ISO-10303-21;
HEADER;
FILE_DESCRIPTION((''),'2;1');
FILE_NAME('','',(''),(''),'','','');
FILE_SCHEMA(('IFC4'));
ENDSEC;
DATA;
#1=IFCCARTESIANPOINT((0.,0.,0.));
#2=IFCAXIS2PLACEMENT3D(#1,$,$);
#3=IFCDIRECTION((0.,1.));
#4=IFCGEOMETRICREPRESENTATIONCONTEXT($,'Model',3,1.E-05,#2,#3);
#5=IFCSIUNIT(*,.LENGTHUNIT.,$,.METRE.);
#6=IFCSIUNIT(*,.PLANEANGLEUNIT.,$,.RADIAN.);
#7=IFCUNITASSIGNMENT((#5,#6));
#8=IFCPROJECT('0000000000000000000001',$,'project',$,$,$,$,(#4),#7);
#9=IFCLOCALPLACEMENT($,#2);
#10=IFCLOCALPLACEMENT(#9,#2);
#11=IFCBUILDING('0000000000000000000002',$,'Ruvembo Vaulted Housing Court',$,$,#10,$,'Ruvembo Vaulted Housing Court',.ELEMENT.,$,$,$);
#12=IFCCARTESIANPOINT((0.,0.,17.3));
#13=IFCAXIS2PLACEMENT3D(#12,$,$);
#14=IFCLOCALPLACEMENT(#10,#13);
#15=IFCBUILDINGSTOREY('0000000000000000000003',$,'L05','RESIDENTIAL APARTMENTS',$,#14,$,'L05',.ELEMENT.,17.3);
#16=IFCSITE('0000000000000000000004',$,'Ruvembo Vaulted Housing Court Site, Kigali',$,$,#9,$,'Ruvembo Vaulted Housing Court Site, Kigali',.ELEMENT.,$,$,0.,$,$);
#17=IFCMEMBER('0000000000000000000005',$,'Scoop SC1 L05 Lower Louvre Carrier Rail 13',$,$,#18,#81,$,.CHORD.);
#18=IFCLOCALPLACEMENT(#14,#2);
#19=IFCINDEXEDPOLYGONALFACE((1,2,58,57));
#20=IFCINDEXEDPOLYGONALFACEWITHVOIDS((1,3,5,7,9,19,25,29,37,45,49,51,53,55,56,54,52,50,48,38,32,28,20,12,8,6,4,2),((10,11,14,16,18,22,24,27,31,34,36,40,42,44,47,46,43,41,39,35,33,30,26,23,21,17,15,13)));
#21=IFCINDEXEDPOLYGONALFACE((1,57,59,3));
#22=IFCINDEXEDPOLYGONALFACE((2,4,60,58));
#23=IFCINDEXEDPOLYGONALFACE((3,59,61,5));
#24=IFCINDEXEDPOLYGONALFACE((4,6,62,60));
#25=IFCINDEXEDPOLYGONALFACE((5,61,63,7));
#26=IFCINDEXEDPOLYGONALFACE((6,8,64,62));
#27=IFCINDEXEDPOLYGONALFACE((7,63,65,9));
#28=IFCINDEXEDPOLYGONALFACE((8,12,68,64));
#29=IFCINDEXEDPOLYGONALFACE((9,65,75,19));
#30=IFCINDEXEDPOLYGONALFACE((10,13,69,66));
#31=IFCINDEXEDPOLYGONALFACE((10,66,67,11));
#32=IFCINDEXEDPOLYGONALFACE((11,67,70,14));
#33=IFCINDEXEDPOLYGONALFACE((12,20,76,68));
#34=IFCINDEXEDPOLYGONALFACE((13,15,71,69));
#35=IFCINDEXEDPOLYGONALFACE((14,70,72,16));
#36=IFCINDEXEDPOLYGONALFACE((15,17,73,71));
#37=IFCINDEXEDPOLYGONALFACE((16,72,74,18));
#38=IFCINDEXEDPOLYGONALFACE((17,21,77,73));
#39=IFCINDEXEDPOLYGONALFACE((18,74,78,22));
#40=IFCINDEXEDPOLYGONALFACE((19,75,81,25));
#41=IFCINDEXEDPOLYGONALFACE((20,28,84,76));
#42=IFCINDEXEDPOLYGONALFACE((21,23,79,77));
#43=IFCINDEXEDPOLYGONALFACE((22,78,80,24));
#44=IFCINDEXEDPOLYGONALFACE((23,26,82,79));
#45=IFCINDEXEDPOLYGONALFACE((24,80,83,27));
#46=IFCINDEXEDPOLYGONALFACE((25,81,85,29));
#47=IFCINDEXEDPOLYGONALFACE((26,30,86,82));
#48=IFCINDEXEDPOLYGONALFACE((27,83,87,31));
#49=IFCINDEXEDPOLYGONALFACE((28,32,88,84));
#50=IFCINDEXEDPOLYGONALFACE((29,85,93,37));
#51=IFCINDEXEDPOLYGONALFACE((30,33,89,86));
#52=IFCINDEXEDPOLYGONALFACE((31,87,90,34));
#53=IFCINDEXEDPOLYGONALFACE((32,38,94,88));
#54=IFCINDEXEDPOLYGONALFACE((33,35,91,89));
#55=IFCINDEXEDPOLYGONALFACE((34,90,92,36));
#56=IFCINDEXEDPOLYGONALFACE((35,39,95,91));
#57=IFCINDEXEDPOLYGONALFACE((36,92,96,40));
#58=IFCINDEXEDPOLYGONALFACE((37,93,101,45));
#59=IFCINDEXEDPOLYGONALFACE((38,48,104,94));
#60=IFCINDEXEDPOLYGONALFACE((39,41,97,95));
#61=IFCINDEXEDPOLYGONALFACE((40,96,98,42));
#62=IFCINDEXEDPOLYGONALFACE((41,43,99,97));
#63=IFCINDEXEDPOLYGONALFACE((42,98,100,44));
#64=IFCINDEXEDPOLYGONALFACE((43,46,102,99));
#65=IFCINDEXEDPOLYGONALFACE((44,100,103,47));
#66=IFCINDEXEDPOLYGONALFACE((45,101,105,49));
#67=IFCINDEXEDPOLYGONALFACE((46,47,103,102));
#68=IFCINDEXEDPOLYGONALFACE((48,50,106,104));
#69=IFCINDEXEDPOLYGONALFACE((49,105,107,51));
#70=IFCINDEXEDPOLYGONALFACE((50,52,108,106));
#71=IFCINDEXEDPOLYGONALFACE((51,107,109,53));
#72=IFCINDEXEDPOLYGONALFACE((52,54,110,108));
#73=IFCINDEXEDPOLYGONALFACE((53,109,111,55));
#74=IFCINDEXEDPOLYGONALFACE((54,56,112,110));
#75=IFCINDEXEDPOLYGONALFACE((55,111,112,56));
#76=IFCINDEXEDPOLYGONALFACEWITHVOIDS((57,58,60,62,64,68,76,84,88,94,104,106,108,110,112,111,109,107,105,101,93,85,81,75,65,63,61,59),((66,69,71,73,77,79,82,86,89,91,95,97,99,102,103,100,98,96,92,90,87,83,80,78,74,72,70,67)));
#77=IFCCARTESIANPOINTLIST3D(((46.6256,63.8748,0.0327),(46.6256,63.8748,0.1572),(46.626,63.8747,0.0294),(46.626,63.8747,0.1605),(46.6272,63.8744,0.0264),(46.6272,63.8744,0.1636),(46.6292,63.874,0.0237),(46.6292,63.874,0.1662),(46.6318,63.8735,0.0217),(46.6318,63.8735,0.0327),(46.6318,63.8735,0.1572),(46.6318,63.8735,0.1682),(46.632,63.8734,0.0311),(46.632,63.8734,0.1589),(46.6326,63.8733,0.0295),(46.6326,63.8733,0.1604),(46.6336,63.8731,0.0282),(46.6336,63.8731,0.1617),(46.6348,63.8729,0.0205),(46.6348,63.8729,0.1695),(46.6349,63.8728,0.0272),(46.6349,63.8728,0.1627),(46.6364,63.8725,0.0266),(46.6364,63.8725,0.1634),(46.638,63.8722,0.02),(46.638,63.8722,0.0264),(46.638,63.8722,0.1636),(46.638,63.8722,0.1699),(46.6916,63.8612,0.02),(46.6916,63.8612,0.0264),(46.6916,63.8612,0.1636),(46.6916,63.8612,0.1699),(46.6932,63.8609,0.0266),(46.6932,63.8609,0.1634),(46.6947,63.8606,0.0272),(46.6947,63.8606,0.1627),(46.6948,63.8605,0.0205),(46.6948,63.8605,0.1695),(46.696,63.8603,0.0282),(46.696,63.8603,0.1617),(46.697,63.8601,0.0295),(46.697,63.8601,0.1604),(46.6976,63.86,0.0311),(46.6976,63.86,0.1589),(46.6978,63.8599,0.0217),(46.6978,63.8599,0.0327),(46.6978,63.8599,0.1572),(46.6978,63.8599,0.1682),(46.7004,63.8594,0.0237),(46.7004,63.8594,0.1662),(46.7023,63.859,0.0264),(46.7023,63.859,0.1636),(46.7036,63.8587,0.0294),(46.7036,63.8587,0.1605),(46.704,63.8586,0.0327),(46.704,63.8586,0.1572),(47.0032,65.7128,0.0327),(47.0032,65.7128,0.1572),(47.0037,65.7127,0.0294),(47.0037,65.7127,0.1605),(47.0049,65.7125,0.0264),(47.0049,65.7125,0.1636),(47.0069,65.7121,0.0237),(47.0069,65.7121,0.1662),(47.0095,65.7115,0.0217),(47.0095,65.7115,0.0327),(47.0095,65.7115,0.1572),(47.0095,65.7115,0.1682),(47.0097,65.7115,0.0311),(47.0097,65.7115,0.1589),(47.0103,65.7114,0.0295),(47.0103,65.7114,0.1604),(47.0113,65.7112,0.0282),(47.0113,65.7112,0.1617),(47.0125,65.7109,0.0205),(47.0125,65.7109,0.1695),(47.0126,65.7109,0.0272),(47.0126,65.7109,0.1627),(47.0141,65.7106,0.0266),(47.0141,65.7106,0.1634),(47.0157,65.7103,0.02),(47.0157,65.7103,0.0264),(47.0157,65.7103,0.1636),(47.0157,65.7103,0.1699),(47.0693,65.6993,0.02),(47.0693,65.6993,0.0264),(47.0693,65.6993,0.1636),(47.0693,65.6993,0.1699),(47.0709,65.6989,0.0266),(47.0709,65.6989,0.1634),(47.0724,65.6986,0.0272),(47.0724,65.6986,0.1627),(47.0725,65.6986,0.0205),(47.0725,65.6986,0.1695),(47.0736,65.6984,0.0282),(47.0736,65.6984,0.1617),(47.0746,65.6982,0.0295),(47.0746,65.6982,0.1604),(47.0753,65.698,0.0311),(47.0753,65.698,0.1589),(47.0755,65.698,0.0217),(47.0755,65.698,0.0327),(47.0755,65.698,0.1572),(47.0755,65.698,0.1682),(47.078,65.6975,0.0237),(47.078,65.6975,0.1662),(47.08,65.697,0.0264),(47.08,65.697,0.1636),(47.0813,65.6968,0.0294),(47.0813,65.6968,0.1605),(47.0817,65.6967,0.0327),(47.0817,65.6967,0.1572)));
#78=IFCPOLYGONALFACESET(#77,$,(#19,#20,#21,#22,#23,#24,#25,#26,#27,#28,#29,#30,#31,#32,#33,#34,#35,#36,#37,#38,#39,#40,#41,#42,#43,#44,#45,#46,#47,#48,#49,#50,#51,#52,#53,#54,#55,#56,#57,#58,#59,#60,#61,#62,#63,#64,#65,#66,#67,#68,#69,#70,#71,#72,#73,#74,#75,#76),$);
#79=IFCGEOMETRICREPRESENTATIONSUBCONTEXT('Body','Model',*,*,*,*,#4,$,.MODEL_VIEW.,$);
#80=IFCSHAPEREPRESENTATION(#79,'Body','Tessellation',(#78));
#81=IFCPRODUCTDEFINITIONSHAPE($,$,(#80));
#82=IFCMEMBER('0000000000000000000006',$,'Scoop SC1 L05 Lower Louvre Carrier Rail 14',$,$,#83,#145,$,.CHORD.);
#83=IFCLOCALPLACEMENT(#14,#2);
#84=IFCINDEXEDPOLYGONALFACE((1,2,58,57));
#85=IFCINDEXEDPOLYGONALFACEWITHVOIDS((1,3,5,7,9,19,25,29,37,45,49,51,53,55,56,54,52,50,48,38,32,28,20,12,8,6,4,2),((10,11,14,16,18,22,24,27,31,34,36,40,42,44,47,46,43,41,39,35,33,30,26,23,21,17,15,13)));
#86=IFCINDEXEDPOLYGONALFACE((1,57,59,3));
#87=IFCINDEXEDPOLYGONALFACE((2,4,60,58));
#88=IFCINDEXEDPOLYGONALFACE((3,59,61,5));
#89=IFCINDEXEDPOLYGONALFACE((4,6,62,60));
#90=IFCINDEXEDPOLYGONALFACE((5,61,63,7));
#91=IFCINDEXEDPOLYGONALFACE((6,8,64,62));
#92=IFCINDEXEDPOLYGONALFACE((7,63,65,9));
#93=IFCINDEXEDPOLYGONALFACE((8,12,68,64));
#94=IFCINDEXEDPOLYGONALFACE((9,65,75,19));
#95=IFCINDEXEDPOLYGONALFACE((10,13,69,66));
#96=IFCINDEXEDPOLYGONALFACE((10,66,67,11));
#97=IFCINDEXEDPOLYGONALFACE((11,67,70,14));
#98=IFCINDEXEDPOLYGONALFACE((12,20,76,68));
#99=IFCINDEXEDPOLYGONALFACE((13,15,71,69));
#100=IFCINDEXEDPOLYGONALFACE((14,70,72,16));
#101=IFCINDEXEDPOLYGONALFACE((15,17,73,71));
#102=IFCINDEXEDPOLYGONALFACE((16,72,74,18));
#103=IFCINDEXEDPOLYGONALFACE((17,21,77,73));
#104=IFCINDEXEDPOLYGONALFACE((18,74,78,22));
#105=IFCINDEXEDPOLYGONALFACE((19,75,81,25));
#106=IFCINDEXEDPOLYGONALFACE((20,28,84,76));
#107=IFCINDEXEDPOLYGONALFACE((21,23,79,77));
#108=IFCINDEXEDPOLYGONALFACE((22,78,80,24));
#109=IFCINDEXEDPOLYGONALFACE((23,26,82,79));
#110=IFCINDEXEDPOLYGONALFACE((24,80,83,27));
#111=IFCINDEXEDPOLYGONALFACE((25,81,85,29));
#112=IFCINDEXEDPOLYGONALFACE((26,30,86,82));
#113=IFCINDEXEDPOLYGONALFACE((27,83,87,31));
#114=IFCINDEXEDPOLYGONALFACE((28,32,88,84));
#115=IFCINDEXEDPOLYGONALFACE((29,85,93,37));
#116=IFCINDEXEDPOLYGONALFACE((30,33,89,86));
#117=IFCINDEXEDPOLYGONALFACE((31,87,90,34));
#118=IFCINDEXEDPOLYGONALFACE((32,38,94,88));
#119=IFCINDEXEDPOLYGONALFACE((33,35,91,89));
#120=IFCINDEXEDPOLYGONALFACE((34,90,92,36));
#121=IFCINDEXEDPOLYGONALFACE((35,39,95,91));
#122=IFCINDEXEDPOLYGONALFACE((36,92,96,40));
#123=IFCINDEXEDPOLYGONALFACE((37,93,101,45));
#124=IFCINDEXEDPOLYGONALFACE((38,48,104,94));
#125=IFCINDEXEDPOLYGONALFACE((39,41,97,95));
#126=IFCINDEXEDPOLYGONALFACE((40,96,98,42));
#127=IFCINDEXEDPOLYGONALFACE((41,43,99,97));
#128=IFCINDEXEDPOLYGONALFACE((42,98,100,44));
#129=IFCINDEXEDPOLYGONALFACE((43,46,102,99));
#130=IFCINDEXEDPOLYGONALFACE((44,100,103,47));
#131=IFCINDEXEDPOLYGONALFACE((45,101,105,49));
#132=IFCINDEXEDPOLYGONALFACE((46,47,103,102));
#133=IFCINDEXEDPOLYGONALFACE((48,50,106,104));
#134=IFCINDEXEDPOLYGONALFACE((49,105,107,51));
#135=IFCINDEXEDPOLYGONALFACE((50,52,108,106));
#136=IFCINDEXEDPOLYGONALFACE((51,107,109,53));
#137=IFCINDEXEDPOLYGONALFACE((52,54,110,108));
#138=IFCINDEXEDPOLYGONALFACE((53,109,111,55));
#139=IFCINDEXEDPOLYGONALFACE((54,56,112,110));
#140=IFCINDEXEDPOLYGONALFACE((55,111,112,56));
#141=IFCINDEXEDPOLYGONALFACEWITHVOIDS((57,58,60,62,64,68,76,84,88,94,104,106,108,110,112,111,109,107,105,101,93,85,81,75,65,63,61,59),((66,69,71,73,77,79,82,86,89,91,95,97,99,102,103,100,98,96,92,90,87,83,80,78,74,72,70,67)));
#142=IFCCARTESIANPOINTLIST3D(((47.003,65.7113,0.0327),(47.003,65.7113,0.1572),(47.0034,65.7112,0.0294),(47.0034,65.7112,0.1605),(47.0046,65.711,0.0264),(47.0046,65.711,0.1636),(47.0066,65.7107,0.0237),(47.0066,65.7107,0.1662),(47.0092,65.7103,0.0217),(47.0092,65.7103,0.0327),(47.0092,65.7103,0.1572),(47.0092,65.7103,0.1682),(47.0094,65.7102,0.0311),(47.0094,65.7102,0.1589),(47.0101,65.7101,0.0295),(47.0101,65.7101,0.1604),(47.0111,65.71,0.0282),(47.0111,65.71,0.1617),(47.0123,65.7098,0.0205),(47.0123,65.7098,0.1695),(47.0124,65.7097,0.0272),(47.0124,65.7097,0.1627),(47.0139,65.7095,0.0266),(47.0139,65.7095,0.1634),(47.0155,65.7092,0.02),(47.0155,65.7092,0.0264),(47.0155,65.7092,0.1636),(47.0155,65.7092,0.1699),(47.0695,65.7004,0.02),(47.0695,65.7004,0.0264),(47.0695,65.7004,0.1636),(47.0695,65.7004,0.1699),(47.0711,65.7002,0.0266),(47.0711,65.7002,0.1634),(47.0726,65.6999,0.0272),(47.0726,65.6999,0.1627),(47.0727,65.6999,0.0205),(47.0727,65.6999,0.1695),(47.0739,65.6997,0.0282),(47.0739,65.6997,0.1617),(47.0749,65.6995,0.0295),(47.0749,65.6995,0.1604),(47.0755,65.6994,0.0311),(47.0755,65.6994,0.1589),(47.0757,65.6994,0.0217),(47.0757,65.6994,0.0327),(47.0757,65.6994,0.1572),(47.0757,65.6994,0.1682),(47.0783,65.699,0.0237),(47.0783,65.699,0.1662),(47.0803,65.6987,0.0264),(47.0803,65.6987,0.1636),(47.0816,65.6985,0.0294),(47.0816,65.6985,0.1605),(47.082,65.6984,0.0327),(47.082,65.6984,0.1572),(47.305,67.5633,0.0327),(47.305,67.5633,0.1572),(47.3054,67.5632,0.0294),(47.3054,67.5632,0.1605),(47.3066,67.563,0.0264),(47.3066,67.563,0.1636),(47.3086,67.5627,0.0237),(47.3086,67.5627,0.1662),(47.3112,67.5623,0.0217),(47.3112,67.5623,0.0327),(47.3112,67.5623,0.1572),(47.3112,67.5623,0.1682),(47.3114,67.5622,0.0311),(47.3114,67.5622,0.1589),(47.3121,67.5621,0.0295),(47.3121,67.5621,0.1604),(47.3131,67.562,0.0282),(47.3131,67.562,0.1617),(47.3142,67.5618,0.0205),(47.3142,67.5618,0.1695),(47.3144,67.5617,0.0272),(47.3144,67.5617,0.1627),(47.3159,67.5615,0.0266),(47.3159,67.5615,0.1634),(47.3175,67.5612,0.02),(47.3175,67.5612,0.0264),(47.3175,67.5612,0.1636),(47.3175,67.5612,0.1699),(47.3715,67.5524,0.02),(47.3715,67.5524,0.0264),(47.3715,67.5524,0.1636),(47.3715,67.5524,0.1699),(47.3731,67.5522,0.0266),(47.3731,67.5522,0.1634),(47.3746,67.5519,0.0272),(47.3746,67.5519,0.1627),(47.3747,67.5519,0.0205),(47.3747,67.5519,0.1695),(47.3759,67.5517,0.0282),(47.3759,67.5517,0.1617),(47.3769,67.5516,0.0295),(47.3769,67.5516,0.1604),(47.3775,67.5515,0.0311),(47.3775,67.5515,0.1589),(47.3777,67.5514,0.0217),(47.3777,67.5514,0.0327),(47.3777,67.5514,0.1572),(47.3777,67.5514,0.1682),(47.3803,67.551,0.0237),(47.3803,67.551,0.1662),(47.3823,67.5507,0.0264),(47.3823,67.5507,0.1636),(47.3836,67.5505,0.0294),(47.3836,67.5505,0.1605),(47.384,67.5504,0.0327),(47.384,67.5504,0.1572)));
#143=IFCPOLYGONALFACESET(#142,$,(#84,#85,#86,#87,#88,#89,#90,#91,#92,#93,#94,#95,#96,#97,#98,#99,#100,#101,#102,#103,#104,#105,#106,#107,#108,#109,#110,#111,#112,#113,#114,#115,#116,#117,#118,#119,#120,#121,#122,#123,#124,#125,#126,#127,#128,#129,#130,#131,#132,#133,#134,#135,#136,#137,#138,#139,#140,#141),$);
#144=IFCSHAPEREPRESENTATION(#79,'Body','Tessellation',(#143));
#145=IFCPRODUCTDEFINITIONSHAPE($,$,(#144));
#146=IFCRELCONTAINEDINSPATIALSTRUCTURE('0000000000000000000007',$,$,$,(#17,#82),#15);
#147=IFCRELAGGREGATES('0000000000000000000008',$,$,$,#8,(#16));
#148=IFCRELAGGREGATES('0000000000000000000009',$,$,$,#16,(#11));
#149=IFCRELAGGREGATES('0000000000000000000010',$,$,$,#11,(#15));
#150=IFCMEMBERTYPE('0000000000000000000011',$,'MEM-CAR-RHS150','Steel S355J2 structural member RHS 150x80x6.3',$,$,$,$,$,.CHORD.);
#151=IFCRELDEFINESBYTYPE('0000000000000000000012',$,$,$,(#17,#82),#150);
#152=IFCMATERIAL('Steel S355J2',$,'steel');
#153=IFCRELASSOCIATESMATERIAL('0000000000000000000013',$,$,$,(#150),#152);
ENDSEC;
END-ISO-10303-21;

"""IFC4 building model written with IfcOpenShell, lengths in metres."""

from ifc_helpers import new_model, si_unit, direction, frame, origin, origin_2d, place, context, subcontext, project, spatial, hollow_rectangle, extrude, material, material_profile, profile_set, type_object, element, save


model = new_model("IFC4")

# Units and contexts
model_context = context("Model", 3, precision=1e-05, world=origin(), true_north=direction((0.0, 1.0)))
body_context = subcontext(model_context, "Body", "Model", "MODEL_VIEW")
ifc_project = project(units=[si_unit("LENGTHUNIT", "METRE"), si_unit("PLANEANGLEUNIT", "RADIAN")], contexts=[model_context])

# Site, building, storey
site_placement = place(None, origin())
site = spatial("IfcSite", under=ifc_project, at=site_placement, Name="Ruvembo Vaulted Housing Court Site, Kigali", LongName="Ruvembo Vaulted Housing Court Site, Kigali", CompositionType="ELEMENT", RefElevation=0.0)
building_placement = place(site_placement, origin())
building = spatial("IfcBuilding", under=site, at=building_placement, Name="Ruvembo Vaulted Housing Court", LongName="Ruvembo Vaulted Housing Court", CompositionType="ELEMENT")
storey_placement = place(building_placement, frame((0.0, 0.0, 17.3)))
storey = spatial("IfcBuildingStorey", under=building, at=storey_placement, Name="L05", Description="RESIDENTIAL APARTMENTS", LongName="L05", CompositionType="ELEMENT", Elevation=17.3)

# Shared definitions
ifc_material_1 = material(Name="Steel S355J2", Category="steel")

# Members
ifc_material_profile_1 = material_profile(ifc_material_1, hollow_rectangle(XDim=0.0801, YDim=0.1499, WallThickness=0.0063, InnerFilletRadius=0.0063, OuterFilletRadius=0.0127, at=origin_2d()), Name="RHS 150x80x6.3")
ifc_profile_set_1 = profile_set([ifc_material_profile_1], Name="Steel S355J2")
member_type_1 = type_object("IfcMemberType", Name="MEM-CAR-RHS150", Description="Steel S355J2 structural member RHS 150x80x6.3", PredefinedType="CHORD", material=ifc_profile_set_1)
for number, where, z_axis, x_axis, name in (
    (1, (46.6648, 63.8667, 0.095), (0.201267, 0.979536, 0.0), (-0.979536, 0.201267, 0.0), "Scoop SC1 L05 Lower Louvre Carrier Rail 13"),
    (2, (47.0425, 65.7048, 0.095), (0.160938, 0.986965, 0.0), (-0.986965, 0.160938, 0.0), "Scoop SC1 L05 Lower Louvre Carrier Rail 14"),
):
    element("IfcMember", number, at=place(storey_placement, frame(where, z_axis=z_axis, x_axis=x_axis)), inside=storey, type_object=member_type_1, Name=name, PredefinedType="CHORD", context=body_context, shape_type="SweptSolid", body=[
        extrude(hollow_rectangle(XDim=0.0801, YDim=0.1499, WallThickness=0.0063, InnerFilletRadius=0.0063, OuterFilletRadius=0.0127, at=origin_2d()), origin(), (0.0, 0.0, 1.0), 1.8765),
    ])

save(model, "model.ifc")
